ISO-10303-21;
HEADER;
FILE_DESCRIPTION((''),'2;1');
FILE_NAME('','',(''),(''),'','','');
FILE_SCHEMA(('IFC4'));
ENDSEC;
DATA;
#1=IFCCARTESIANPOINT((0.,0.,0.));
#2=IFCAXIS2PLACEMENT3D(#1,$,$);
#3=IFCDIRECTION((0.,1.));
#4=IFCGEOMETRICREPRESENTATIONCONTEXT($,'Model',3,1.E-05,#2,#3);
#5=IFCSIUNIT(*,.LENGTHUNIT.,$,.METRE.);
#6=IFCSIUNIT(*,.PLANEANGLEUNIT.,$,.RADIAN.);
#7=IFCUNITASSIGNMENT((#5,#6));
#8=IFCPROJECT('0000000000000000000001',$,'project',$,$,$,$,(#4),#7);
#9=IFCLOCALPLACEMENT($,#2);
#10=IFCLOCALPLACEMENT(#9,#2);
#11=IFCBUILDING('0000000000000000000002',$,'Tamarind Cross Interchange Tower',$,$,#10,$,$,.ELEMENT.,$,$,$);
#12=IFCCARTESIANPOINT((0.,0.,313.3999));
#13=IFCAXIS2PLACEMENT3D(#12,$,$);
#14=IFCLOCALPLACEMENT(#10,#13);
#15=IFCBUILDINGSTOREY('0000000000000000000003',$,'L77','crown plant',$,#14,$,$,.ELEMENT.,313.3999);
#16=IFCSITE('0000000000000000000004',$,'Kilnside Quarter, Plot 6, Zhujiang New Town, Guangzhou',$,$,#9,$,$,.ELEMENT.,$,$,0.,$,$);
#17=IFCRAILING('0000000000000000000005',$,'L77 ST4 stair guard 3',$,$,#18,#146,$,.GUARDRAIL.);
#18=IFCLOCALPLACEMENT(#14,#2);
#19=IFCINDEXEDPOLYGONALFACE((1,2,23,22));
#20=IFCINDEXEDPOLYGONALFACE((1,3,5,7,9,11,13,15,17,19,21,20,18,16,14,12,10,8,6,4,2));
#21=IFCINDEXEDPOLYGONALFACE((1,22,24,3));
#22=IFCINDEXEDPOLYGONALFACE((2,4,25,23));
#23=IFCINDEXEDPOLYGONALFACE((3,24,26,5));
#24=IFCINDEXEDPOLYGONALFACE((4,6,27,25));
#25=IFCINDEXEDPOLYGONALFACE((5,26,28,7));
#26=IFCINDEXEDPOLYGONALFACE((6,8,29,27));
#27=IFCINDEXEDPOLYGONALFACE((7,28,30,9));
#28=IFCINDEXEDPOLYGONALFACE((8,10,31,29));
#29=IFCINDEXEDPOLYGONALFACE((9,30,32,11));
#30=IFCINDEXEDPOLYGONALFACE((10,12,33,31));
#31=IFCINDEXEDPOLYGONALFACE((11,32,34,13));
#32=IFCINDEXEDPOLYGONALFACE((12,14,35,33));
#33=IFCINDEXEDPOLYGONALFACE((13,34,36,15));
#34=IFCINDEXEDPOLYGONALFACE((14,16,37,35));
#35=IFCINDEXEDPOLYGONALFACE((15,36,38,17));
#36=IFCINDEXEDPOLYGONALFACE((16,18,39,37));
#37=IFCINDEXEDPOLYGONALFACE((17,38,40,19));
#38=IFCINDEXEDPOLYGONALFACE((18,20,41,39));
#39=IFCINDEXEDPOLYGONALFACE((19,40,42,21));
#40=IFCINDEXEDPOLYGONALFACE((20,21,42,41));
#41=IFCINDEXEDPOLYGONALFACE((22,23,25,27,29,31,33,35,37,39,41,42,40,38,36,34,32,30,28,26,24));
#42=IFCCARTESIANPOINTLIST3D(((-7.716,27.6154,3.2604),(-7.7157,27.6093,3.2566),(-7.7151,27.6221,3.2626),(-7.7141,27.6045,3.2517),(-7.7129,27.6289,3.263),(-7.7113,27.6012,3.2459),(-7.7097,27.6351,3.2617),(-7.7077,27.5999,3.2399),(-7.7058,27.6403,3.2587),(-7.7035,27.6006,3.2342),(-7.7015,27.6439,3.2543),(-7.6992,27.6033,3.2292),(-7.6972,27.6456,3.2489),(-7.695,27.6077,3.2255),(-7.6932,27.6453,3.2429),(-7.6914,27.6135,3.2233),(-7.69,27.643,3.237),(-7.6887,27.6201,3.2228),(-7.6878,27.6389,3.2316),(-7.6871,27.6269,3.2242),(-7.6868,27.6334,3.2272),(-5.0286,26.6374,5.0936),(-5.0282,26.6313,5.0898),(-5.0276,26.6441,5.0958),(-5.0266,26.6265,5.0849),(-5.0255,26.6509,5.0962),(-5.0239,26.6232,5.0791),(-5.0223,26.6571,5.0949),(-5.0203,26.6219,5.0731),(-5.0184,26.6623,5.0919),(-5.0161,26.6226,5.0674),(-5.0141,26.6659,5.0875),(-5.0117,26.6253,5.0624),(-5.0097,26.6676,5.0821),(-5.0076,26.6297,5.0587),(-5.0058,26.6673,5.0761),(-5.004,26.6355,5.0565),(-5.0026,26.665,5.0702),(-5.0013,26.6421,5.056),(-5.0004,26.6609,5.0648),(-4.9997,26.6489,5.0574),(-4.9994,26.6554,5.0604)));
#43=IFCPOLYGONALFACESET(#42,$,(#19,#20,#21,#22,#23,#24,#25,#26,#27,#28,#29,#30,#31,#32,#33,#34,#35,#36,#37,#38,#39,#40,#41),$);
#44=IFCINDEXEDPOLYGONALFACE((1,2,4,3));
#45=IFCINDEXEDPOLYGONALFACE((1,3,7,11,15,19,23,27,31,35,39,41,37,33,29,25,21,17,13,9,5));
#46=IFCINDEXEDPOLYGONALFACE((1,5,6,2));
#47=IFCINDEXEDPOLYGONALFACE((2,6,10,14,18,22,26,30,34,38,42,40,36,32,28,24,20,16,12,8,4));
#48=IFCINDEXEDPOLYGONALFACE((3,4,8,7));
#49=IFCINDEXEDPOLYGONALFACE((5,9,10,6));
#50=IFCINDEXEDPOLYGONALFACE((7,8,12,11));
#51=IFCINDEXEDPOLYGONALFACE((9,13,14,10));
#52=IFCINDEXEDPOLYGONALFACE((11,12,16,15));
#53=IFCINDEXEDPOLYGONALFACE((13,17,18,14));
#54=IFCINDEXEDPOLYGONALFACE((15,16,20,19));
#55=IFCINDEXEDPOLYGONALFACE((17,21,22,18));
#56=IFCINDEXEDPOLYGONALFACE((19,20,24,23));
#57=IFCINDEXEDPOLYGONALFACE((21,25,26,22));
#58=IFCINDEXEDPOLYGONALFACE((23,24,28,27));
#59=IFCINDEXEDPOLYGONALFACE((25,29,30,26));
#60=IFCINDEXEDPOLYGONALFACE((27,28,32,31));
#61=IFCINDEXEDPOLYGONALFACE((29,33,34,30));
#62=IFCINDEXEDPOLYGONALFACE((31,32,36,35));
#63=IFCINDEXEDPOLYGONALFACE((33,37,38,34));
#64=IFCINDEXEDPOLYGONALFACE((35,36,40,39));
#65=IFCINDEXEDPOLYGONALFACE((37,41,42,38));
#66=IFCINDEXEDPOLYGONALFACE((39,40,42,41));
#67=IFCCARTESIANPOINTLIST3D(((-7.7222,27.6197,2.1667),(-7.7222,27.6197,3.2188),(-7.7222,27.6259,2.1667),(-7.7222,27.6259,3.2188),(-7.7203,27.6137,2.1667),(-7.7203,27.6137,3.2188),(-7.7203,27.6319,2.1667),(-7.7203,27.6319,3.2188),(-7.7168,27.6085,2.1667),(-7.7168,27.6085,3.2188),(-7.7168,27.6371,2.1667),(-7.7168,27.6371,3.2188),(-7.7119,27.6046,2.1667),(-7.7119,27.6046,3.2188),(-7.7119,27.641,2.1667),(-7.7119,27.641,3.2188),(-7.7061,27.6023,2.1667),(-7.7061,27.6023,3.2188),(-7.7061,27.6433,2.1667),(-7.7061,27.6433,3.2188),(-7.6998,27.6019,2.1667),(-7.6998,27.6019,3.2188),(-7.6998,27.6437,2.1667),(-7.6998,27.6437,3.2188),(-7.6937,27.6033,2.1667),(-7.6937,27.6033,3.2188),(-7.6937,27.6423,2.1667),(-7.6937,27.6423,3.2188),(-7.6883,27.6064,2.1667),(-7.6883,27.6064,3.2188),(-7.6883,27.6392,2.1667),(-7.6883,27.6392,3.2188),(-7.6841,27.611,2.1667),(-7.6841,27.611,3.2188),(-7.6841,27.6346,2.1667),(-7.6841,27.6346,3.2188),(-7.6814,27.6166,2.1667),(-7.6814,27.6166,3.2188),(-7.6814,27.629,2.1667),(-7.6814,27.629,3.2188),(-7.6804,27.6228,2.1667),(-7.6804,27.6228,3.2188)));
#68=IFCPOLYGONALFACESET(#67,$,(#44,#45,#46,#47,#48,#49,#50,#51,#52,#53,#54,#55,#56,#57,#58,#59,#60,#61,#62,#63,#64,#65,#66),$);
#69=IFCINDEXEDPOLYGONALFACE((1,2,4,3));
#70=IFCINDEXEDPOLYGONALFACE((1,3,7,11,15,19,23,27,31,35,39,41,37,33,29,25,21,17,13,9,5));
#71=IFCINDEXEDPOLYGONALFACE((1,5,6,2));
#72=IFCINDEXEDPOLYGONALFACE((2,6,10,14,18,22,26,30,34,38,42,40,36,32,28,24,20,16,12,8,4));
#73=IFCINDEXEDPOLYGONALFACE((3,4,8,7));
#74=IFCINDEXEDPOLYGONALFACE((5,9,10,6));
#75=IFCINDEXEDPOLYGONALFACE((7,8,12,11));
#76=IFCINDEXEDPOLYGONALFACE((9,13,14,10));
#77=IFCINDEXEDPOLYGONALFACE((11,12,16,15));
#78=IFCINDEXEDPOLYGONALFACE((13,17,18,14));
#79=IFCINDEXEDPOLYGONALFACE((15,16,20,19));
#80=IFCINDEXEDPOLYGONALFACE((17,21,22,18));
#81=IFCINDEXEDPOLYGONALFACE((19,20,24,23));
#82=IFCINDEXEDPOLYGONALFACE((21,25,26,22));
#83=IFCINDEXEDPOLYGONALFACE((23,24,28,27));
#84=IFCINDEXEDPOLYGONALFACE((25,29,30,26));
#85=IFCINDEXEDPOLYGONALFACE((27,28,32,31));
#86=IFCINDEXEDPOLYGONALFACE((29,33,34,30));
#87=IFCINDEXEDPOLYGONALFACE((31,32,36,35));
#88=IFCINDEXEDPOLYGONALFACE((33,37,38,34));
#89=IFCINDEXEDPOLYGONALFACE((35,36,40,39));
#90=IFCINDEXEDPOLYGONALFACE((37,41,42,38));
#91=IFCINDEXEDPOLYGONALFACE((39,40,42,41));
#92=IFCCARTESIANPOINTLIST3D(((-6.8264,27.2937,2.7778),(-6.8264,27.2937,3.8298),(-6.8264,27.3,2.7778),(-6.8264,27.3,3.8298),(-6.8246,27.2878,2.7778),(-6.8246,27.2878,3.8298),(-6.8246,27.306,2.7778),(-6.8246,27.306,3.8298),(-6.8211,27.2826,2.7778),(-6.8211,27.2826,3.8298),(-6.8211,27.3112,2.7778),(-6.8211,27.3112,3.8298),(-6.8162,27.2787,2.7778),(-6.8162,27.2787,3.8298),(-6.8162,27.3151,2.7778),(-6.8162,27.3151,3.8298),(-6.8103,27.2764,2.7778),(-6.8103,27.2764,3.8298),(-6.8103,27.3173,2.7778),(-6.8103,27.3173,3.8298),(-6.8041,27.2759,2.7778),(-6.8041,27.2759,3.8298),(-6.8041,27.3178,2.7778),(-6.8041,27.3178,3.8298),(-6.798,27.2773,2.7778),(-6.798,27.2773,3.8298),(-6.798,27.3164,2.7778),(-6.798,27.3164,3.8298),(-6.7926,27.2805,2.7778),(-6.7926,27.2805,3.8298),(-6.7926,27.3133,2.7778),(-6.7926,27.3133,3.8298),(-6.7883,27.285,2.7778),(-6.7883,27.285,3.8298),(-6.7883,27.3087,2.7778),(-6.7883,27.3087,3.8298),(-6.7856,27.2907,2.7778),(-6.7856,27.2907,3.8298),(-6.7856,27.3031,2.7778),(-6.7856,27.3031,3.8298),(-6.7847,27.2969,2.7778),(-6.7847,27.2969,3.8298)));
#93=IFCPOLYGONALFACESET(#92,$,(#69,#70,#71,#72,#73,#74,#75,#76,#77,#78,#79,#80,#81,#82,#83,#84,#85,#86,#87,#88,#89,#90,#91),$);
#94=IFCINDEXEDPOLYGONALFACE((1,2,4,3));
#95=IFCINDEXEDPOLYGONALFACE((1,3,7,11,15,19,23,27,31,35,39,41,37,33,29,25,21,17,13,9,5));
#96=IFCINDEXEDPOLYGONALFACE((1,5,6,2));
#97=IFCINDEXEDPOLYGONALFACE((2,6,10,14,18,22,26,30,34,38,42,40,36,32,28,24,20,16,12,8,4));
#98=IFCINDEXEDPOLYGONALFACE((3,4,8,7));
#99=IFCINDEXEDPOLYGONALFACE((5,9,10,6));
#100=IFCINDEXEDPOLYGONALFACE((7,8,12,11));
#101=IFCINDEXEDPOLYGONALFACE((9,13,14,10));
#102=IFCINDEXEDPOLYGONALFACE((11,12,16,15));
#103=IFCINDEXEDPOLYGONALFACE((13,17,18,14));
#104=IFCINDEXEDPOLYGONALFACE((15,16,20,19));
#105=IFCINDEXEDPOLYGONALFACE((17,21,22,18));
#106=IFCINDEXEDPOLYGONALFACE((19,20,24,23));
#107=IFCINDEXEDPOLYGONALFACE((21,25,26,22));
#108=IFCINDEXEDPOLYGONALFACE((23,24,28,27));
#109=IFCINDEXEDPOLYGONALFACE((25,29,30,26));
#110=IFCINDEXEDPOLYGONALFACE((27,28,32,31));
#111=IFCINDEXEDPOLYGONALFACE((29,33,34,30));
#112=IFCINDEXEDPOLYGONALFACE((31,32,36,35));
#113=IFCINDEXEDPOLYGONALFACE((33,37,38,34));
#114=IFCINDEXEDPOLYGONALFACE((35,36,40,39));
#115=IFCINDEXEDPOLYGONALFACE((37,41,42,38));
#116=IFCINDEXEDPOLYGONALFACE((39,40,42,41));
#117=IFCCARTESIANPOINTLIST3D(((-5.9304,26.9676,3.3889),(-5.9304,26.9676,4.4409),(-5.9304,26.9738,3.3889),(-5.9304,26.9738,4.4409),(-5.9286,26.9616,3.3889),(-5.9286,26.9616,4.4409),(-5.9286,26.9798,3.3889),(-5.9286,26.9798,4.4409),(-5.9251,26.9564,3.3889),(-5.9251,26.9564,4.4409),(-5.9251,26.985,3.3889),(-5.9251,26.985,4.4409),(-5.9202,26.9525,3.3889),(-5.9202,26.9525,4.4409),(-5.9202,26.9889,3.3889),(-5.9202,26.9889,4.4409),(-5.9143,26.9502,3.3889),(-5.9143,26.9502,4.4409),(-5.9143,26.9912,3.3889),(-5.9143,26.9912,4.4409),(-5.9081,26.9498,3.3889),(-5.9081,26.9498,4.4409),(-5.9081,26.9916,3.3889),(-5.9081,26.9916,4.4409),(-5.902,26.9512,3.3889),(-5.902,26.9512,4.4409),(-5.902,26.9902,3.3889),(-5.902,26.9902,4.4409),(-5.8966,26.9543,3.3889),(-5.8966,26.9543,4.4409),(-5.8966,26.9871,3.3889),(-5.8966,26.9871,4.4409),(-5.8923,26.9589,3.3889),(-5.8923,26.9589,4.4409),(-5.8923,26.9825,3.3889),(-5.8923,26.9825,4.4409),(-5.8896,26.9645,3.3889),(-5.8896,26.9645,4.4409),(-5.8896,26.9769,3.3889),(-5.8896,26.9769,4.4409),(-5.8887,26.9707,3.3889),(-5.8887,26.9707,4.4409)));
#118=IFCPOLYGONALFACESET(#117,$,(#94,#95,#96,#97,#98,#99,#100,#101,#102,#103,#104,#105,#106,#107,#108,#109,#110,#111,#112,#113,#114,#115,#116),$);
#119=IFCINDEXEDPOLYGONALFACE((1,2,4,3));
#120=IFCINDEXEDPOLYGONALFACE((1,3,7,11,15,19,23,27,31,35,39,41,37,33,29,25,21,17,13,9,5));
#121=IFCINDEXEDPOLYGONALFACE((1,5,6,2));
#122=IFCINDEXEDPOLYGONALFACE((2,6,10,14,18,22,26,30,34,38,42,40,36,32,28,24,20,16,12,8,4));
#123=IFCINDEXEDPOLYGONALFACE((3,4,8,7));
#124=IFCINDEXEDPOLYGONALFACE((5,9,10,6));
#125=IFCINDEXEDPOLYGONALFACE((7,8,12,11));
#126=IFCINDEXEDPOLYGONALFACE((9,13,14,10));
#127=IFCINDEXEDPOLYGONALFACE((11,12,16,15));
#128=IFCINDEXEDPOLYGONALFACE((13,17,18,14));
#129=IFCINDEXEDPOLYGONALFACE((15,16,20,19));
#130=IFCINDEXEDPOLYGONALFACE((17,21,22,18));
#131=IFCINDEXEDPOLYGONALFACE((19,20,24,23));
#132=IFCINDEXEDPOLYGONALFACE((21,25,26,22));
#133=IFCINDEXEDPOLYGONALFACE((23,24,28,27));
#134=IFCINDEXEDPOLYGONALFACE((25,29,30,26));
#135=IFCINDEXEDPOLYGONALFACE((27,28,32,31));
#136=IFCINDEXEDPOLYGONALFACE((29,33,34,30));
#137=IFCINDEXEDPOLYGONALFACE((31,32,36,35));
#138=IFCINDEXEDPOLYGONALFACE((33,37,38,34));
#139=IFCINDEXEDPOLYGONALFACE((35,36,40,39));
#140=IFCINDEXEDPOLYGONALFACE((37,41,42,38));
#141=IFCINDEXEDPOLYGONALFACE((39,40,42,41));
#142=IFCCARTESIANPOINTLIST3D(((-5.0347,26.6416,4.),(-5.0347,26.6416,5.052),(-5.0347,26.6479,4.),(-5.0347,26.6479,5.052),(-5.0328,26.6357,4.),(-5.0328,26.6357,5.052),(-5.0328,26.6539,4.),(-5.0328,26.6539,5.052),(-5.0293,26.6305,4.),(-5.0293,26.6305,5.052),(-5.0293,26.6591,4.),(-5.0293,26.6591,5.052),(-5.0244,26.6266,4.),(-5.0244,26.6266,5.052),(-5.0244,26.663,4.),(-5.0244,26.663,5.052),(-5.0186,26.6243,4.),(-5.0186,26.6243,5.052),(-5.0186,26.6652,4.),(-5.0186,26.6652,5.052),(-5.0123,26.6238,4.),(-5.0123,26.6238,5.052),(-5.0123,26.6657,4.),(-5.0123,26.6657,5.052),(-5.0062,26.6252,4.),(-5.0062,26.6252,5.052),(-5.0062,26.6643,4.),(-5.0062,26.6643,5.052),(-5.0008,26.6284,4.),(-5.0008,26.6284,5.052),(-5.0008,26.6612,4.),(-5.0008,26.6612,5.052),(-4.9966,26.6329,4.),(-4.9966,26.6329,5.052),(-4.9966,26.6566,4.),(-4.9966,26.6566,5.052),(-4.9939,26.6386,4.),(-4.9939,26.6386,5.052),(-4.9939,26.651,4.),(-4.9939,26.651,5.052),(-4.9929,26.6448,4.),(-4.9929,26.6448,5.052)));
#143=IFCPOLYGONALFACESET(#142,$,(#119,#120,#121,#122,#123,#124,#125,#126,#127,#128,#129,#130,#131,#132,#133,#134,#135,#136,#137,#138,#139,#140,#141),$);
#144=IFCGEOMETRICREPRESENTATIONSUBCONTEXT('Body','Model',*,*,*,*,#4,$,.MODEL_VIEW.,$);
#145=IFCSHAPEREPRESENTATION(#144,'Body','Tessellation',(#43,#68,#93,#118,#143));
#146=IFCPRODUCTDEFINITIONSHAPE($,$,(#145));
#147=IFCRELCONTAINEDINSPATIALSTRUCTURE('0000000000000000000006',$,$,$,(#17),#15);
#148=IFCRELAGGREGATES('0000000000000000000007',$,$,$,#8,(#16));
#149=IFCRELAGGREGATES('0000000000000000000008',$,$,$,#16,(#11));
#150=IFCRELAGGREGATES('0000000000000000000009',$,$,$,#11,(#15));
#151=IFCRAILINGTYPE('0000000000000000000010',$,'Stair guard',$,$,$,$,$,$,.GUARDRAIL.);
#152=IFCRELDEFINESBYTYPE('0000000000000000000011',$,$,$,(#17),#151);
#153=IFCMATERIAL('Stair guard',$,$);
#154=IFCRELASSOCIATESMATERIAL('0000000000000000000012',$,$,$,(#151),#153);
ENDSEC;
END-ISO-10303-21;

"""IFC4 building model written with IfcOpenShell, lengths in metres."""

from ifc_helpers import new_model, si_unit, direction, frame, origin, origin_2d, place, context, subcontext, project, spatial, circle, extrude, material, type_object, element, save


model = new_model("IFC4")

# Units and contexts
model_context = context("Model", 3, precision=1e-05, world=origin(), true_north=direction((0.0, 1.0)))
body_context = subcontext(model_context, "Body", "Model", "MODEL_VIEW")
ifc_project = project(units=[si_unit("LENGTHUNIT", "METRE"), si_unit("PLANEANGLEUNIT", "RADIAN")], contexts=[model_context])

# Site, building, storey
site_placement = place(None, origin())
site = spatial("IfcSite", under=ifc_project, at=site_placement, Name="Kilnside Quarter, Plot 6, Zhujiang New Town, Guangzhou", CompositionType="ELEMENT", RefElevation=0.0)
building_placement = place(site_placement, origin())
building = spatial("IfcBuilding", under=site, at=building_placement, Name="Tamarind Cross Interchange Tower", CompositionType="ELEMENT")
storey_placement = place(building_placement, frame((0.0, 0.0, 313.3999)))
storey = spatial("IfcBuildingStorey", under=building, at=storey_placement, Name="L77", Description="crown plant", CompositionType="ELEMENT", Elevation=313.3999)

# Railing
ifc_material_1 = material(Name="Stair guard")
railing_type_1 = type_object("IfcRailingType", Name="Stair guard", PredefinedType="GUARDRAIL", material=ifc_material_1)
railing_1_placement = place(storey_placement, frame((-7.7014, 27.6228, 2.1667)))
element("IfcRailing", 1, at=railing_1_placement, inside=storey, type_object=railing_type_1, Name="L77 ST4 stair guard 3", PredefinedType="GUARDRAIL", context=body_context, shape_type="SweptSolid", body=[
    extrude(circle(Radius=0.0239, at=origin_2d()), frame((0.0, 0.0, 1.0762), z_axis=(0.791126, -0.287904, 0.539659), x_axis=(0.341976, 0.939709, 0.0)), (0.0, 0.0, 1.0), 3.397),
    extrude(circle(Radius=0.021, at=origin_2d()), origin(), (0.0, 0.0, 1.0), 1.052),
    extrude(circle(Radius=0.021, at=origin_2d()), frame((0.8958, -0.3259, 0.6111)), (0.0, 0.0, 1.0), 1.052),
    extrude(circle(Radius=0.021, at=origin_2d()), frame((1.7917, -0.6521, 1.2222)), (0.0, 0.0, 1.0), 1.052),
    extrude(circle(Radius=0.021, at=origin_2d()), frame((2.6875, -0.978, 1.8333)), (0.0, 0.0, 1.0), 1.052),
])

save(model, "model.ifc")
